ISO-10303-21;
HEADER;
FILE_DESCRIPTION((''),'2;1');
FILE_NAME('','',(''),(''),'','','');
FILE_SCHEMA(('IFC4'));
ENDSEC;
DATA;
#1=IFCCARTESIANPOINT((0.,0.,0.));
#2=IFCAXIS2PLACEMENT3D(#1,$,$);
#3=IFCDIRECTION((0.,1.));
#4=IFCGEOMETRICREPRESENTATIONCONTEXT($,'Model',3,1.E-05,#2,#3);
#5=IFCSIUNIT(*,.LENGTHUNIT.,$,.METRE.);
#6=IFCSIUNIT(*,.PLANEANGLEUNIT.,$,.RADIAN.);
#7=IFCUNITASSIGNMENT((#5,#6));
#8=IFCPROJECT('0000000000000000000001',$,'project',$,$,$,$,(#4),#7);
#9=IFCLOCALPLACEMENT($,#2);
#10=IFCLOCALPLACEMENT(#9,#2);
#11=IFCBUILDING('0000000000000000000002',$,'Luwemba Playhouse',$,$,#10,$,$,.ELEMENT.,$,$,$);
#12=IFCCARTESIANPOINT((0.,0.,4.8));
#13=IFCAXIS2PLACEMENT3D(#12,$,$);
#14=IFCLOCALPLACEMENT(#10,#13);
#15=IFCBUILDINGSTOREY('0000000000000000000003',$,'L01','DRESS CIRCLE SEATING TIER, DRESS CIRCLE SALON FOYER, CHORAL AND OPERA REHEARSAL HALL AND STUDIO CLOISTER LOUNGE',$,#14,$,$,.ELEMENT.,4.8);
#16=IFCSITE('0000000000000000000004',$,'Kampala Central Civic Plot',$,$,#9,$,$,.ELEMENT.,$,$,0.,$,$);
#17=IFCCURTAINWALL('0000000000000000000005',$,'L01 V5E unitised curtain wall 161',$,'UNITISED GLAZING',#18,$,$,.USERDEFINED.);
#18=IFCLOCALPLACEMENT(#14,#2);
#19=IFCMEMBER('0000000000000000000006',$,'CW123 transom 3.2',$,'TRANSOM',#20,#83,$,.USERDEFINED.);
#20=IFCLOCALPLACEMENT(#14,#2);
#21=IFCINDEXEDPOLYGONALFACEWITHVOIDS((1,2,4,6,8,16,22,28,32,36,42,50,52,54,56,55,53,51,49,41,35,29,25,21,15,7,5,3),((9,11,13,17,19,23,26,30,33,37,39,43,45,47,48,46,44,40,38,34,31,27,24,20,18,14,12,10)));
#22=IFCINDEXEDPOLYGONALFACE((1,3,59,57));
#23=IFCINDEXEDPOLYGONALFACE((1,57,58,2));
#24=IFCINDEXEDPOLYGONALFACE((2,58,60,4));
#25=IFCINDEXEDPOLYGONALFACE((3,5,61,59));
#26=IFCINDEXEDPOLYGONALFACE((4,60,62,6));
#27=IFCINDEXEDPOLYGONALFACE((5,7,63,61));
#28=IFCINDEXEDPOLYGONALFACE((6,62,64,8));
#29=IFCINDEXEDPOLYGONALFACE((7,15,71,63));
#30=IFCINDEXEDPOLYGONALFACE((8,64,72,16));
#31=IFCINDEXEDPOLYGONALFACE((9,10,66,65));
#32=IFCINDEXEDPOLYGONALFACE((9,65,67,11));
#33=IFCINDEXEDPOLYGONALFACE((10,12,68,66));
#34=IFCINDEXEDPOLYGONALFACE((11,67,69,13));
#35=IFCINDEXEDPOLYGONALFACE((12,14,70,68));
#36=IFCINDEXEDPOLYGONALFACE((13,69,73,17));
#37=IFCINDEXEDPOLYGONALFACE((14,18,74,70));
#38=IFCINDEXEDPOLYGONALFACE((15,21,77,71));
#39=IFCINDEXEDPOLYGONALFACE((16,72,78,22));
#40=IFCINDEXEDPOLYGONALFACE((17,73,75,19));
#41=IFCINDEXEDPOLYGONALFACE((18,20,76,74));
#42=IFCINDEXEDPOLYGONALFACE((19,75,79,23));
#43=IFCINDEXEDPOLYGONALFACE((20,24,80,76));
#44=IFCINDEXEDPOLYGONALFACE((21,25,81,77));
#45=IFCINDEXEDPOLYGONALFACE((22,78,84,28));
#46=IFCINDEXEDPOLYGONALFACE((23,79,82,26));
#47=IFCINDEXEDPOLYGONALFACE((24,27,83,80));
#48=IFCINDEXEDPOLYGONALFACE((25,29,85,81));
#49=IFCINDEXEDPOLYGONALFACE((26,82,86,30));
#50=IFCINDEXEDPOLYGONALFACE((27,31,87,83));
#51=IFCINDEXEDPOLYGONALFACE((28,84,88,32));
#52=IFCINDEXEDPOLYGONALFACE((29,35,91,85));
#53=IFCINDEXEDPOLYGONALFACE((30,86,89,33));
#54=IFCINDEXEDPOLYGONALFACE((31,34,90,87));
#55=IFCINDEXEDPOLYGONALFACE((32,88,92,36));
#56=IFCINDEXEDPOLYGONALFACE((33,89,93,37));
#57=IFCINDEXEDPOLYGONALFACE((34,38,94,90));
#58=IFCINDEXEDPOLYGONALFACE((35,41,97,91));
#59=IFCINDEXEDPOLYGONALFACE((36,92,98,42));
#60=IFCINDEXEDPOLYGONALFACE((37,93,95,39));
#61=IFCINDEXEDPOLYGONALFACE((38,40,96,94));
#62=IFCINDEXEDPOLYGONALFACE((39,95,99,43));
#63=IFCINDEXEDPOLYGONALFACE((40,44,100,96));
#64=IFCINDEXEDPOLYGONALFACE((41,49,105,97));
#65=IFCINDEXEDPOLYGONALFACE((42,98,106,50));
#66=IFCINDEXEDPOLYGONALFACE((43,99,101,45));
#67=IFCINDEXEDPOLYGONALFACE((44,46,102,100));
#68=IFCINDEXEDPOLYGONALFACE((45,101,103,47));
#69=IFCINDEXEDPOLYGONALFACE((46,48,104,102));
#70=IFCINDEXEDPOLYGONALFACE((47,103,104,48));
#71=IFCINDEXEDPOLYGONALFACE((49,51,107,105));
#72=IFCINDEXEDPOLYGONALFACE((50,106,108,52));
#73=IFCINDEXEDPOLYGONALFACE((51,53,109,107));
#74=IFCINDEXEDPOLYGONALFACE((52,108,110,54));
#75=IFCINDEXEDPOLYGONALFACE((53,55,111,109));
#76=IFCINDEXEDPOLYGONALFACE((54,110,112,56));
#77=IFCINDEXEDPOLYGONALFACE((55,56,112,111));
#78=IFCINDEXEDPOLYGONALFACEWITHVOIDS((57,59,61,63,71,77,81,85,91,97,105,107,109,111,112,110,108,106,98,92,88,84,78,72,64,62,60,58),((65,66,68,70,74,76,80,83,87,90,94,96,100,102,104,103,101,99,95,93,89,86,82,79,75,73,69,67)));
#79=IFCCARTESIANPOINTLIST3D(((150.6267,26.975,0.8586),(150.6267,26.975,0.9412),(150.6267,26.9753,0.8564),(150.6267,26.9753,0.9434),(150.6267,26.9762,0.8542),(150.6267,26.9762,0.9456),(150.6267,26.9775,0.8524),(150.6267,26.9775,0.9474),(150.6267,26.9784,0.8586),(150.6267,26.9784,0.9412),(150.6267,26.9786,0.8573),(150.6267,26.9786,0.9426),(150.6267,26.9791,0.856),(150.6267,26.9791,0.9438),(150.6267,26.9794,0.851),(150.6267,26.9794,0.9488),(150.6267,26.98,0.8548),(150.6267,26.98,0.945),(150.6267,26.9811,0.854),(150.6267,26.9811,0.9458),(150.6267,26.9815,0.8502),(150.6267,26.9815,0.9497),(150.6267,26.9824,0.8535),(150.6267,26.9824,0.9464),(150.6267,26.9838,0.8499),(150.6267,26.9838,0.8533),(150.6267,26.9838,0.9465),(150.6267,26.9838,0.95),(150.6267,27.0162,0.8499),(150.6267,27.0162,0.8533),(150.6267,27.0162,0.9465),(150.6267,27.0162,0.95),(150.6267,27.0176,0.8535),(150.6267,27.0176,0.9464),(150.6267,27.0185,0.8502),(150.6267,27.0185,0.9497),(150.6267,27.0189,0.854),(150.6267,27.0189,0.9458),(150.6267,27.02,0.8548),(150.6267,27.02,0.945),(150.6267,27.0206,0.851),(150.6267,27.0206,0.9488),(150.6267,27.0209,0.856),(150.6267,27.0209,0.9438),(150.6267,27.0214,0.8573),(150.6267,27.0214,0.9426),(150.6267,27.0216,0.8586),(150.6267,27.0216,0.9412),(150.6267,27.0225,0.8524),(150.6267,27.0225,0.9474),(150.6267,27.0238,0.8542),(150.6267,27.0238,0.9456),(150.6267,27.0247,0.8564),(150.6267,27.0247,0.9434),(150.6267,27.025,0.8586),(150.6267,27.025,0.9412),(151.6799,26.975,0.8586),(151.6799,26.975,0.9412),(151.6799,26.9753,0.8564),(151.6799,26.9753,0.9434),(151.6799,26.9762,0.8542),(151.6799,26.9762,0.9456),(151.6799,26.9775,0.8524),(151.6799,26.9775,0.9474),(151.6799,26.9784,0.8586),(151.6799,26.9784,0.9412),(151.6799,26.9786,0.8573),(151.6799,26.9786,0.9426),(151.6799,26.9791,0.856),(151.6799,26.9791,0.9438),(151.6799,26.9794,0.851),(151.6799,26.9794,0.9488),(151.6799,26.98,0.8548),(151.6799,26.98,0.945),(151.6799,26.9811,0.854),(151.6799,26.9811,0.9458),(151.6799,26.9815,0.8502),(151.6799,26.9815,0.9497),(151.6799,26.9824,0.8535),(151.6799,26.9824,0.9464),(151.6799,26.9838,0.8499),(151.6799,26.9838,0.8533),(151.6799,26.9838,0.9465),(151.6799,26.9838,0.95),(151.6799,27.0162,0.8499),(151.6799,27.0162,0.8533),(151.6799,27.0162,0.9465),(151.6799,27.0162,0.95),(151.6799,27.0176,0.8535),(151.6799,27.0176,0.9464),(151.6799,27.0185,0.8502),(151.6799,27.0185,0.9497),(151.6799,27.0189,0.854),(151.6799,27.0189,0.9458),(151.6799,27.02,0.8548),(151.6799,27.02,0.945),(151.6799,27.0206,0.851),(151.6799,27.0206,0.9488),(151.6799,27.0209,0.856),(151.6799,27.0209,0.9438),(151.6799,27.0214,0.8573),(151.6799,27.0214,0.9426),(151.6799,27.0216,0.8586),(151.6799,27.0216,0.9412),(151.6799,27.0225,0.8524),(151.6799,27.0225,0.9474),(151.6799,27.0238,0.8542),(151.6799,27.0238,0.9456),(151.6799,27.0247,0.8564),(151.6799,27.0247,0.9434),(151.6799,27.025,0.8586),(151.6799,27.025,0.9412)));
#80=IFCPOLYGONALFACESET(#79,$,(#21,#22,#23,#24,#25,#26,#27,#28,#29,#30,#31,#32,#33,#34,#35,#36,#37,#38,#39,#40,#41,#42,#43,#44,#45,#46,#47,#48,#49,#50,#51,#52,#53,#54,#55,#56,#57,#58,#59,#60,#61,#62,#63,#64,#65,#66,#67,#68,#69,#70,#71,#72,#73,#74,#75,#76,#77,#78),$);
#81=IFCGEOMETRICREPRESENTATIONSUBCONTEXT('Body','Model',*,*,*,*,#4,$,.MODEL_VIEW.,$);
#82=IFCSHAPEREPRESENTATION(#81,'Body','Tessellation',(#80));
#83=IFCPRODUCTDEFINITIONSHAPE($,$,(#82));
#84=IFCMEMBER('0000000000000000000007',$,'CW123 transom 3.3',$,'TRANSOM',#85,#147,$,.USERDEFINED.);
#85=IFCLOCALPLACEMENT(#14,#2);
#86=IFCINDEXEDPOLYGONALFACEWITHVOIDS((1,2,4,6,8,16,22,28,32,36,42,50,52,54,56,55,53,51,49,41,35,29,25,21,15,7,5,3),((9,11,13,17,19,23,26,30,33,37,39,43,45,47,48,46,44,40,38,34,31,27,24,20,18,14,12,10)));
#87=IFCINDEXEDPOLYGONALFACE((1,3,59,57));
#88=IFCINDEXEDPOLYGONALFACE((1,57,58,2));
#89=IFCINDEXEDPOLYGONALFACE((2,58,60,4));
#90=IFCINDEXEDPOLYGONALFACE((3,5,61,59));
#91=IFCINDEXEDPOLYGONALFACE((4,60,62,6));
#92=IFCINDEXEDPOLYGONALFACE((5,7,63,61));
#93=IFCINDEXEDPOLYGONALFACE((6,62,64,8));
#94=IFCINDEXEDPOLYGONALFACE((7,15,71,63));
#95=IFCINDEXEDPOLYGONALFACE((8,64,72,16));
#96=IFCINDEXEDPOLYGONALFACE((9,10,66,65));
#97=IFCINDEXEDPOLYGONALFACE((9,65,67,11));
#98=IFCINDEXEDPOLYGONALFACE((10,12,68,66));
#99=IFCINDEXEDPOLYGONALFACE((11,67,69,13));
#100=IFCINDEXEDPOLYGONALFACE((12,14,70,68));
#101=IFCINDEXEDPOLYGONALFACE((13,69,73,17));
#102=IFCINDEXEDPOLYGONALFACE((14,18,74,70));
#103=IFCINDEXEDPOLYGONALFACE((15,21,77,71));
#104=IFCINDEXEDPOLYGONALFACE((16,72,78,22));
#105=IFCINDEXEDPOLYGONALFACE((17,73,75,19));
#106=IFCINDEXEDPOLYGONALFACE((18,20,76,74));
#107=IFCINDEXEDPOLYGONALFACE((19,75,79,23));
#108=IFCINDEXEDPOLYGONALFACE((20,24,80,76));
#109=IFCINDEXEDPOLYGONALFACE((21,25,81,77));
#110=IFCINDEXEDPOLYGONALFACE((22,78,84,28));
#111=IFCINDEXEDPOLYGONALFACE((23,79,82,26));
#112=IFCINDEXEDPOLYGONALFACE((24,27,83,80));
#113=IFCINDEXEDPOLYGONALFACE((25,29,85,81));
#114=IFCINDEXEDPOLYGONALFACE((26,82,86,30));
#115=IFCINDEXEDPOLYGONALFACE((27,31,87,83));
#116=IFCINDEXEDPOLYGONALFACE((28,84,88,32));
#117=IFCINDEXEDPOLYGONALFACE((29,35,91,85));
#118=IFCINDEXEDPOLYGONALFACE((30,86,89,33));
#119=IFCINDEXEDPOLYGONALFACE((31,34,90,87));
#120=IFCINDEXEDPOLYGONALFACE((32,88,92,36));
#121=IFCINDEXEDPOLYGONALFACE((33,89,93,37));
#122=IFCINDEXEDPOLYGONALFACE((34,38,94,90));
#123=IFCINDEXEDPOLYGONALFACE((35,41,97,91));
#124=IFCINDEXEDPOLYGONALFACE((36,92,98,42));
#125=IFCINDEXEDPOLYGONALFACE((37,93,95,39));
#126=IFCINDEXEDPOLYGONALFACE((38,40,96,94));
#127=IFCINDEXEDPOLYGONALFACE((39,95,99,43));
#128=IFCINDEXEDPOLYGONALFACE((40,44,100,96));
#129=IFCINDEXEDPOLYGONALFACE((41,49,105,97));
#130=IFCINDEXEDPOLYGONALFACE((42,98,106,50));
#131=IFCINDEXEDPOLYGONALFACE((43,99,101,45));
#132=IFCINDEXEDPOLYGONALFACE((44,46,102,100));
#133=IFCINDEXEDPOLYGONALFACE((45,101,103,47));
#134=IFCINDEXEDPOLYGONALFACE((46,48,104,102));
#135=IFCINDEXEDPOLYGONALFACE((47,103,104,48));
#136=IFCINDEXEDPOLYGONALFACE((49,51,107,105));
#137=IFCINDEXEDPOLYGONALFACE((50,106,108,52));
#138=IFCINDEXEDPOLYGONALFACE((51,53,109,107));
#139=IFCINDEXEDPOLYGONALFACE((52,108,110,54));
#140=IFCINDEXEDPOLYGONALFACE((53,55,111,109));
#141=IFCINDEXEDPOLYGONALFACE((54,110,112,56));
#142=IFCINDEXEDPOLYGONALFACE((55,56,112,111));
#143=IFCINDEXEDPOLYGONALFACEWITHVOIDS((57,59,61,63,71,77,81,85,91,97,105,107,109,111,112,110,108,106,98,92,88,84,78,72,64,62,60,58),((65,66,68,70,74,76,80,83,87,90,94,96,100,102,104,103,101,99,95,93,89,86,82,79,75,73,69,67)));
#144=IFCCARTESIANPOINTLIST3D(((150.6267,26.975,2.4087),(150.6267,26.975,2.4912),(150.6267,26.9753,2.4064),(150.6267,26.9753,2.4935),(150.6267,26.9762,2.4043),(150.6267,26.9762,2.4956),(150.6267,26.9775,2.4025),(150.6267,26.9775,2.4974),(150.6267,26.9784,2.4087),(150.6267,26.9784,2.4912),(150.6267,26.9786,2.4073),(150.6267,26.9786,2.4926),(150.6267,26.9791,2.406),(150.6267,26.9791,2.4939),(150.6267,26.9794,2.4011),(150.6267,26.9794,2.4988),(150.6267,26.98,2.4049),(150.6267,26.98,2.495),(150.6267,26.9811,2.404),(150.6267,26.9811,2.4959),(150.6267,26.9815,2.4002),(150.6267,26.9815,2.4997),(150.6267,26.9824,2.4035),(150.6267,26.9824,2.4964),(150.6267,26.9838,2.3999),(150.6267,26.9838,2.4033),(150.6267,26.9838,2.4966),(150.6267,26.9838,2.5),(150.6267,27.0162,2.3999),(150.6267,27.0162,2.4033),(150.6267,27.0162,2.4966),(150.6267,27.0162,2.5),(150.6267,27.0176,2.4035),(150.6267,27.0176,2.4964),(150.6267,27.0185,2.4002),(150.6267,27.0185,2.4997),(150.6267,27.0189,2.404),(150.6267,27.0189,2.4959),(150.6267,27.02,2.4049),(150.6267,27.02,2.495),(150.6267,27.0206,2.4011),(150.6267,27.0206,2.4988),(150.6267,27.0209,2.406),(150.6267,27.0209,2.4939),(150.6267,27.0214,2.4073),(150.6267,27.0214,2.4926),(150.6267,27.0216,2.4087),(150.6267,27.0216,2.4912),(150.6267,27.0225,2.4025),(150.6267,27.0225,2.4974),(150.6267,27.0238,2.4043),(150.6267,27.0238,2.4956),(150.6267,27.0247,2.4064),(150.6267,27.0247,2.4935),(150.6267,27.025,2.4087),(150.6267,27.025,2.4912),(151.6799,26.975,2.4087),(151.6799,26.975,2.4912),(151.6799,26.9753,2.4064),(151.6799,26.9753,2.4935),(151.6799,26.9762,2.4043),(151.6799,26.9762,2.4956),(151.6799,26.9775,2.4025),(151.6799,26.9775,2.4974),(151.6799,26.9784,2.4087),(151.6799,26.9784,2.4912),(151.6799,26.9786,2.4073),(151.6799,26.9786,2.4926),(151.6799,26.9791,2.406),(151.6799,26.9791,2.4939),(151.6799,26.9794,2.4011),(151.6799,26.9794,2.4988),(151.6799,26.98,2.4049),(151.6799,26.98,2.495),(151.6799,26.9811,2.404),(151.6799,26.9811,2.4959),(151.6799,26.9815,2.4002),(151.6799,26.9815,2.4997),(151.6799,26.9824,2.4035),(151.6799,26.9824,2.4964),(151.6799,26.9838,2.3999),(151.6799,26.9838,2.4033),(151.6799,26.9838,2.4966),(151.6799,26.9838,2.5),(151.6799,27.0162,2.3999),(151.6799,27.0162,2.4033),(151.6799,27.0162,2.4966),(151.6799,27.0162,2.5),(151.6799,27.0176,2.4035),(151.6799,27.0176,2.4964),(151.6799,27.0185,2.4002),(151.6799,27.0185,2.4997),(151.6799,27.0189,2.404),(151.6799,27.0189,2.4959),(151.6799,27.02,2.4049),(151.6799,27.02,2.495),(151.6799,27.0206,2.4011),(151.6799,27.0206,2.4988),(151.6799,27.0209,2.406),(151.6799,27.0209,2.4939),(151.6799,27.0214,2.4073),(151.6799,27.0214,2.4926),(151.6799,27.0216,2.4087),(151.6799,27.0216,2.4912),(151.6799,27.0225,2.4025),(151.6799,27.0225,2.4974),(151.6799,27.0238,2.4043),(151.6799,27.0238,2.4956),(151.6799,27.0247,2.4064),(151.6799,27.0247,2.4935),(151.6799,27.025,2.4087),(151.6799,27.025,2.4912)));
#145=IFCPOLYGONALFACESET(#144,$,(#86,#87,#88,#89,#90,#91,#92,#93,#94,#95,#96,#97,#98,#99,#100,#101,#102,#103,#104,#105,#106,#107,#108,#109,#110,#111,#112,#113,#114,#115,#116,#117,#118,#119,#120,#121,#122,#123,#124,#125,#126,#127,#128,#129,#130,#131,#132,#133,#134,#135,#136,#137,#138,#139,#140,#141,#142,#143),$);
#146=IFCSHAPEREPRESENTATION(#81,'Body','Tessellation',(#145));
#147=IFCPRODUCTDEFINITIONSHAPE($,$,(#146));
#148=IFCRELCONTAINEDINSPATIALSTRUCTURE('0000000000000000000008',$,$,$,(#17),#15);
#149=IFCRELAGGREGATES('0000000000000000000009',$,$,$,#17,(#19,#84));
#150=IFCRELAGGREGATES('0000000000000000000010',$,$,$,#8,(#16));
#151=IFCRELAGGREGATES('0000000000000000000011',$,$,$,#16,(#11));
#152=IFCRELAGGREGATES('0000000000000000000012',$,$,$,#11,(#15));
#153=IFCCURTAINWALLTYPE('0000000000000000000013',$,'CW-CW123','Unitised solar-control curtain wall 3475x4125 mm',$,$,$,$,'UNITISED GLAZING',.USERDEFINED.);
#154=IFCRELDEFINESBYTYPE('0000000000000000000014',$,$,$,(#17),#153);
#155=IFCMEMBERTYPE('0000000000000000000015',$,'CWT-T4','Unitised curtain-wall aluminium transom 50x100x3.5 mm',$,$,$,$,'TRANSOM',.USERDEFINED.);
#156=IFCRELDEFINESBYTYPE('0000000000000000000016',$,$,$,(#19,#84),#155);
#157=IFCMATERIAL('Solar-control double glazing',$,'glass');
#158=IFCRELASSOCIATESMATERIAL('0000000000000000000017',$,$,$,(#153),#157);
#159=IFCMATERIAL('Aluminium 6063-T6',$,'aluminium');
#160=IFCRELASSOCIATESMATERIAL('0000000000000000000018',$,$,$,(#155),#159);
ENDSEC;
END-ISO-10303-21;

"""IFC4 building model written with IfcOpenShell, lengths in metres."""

from ifc_helpers import new_model, si_unit, direction, frame, origin, origin_2d, place, context, subcontext, project, spatial, hollow_rectangle, extrude, material, material_profile, profile_set, type_object, element, aggregate, save


model = new_model("IFC4")

# Units and contexts
model_context = context("Model", 3, precision=1e-05, world=origin(), true_north=direction((0.0, 1.0)))
body_context = subcontext(model_context, "Body", "Model", "MODEL_VIEW")
ifc_project = project(units=[si_unit("LENGTHUNIT", "METRE"), si_unit("PLANEANGLEUNIT", "RADIAN")], contexts=[model_context])

# Site, building, storey
site_placement = place(None, origin())
site = spatial("IfcSite", under=ifc_project, at=site_placement, Name="Kampala Central Civic Plot", CompositionType="ELEMENT", RefElevation=0.0)
building_placement = place(site_placement, origin())
building = spatial("IfcBuilding", under=site, at=building_placement, Name="Luwemba Playhouse", CompositionType="ELEMENT")
storey_placement = place(building_placement, frame((0.0, 0.0, 4.8)))
storey = spatial("IfcBuildingStorey", under=building, at=storey_placement, Name="L01", Description="DRESS CIRCLE SEATING TIER, DRESS CIRCLE SALON FOYER, CHORAL AND OPERA REHEARSAL HALL AND STUDIO CLOISTER LOUNGE", CompositionType="ELEMENT", Elevation=4.8)

# Curtain wall, members
ifc_material_1 = material(Name="Solar-control double glazing", Category="glass")
curtain_wall_type = type_object("IfcCurtainWallType", Name="CW-CW123", Description="Unitised solar-control curtain wall 3475x4125 mm", ElementType="UNITISED GLAZING", PredefinedType="USERDEFINED", material=ifc_material_1)
curtain_wall_placement = place(storey_placement, origin())
curtain_wall = element("IfcCurtainWall", 1, at=curtain_wall_placement, inside=storey, type_object=curtain_wall_type, Name="L01 V5E unitised curtain wall 161", ObjectType="UNITISED GLAZING", PredefinedType="USERDEFINED")
ifc_material_2 = material(Name="Aluminium 6063-T6", Category="aluminium")
ifc_material_profile_1 = material_profile(ifc_material_2, hollow_rectangle(XDim=0.05, YDim=0.1001, WallThickness=0.0034, InnerFilletRadius=0.0054, OuterFilletRadius=0.0088, at=origin_2d()))
ifc_profile_set_1 = profile_set([ifc_material_profile_1], Name="Aluminium 6063-T6")
member_type_1 = type_object("IfcMemberType", Name="CWT-T4", Description="Unitised curtain-wall aluminium transom 50x100x3.5 mm", ElementType="TRANSOM", PredefinedType="USERDEFINED", material=ifc_profile_set_1)
member_1_placement = place(storey_placement, frame((150.6267, 27.0, 0.8999), z_axis=(1.0, 0.0, 0.0), x_axis=(0.0, 1.0, 0.0)))
member_1 = element("IfcMember", 2, at=member_1_placement, type_object=member_type_1, Name="CW123 transom 3.2", ObjectType="TRANSOM", PredefinedType="USERDEFINED", context=body_context, shape_type="SweptSolid", body=[
    extrude(hollow_rectangle(XDim=0.05, YDim=0.1001, WallThickness=0.0034, InnerFilletRadius=0.0054, OuterFilletRadius=0.0088, at=origin_2d()), origin(), (0.0, 0.0, 1.0), 1.0532),
])
member_2_placement = place(storey_placement, frame((150.6267, 27.0, 2.45), z_axis=(1.0, 0.0, 0.0), x_axis=(0.0, 1.0, 0.0)))
member_2 = element("IfcMember", 3, at=member_2_placement, type_object=member_type_1, Name="CW123 transom 3.3", ObjectType="TRANSOM", PredefinedType="USERDEFINED", context=body_context, shape_type="SweptSolid", body=[
    extrude(hollow_rectangle(XDim=0.05, YDim=0.1001, WallThickness=0.0034, InnerFilletRadius=0.0054, OuterFilletRadius=0.0088, at=origin_2d()), origin(), (0.0, 0.0, 1.0), 1.0532),
])

aggregate(curtain_wall, [member_1, member_2])

save(model, "model.ifc")
